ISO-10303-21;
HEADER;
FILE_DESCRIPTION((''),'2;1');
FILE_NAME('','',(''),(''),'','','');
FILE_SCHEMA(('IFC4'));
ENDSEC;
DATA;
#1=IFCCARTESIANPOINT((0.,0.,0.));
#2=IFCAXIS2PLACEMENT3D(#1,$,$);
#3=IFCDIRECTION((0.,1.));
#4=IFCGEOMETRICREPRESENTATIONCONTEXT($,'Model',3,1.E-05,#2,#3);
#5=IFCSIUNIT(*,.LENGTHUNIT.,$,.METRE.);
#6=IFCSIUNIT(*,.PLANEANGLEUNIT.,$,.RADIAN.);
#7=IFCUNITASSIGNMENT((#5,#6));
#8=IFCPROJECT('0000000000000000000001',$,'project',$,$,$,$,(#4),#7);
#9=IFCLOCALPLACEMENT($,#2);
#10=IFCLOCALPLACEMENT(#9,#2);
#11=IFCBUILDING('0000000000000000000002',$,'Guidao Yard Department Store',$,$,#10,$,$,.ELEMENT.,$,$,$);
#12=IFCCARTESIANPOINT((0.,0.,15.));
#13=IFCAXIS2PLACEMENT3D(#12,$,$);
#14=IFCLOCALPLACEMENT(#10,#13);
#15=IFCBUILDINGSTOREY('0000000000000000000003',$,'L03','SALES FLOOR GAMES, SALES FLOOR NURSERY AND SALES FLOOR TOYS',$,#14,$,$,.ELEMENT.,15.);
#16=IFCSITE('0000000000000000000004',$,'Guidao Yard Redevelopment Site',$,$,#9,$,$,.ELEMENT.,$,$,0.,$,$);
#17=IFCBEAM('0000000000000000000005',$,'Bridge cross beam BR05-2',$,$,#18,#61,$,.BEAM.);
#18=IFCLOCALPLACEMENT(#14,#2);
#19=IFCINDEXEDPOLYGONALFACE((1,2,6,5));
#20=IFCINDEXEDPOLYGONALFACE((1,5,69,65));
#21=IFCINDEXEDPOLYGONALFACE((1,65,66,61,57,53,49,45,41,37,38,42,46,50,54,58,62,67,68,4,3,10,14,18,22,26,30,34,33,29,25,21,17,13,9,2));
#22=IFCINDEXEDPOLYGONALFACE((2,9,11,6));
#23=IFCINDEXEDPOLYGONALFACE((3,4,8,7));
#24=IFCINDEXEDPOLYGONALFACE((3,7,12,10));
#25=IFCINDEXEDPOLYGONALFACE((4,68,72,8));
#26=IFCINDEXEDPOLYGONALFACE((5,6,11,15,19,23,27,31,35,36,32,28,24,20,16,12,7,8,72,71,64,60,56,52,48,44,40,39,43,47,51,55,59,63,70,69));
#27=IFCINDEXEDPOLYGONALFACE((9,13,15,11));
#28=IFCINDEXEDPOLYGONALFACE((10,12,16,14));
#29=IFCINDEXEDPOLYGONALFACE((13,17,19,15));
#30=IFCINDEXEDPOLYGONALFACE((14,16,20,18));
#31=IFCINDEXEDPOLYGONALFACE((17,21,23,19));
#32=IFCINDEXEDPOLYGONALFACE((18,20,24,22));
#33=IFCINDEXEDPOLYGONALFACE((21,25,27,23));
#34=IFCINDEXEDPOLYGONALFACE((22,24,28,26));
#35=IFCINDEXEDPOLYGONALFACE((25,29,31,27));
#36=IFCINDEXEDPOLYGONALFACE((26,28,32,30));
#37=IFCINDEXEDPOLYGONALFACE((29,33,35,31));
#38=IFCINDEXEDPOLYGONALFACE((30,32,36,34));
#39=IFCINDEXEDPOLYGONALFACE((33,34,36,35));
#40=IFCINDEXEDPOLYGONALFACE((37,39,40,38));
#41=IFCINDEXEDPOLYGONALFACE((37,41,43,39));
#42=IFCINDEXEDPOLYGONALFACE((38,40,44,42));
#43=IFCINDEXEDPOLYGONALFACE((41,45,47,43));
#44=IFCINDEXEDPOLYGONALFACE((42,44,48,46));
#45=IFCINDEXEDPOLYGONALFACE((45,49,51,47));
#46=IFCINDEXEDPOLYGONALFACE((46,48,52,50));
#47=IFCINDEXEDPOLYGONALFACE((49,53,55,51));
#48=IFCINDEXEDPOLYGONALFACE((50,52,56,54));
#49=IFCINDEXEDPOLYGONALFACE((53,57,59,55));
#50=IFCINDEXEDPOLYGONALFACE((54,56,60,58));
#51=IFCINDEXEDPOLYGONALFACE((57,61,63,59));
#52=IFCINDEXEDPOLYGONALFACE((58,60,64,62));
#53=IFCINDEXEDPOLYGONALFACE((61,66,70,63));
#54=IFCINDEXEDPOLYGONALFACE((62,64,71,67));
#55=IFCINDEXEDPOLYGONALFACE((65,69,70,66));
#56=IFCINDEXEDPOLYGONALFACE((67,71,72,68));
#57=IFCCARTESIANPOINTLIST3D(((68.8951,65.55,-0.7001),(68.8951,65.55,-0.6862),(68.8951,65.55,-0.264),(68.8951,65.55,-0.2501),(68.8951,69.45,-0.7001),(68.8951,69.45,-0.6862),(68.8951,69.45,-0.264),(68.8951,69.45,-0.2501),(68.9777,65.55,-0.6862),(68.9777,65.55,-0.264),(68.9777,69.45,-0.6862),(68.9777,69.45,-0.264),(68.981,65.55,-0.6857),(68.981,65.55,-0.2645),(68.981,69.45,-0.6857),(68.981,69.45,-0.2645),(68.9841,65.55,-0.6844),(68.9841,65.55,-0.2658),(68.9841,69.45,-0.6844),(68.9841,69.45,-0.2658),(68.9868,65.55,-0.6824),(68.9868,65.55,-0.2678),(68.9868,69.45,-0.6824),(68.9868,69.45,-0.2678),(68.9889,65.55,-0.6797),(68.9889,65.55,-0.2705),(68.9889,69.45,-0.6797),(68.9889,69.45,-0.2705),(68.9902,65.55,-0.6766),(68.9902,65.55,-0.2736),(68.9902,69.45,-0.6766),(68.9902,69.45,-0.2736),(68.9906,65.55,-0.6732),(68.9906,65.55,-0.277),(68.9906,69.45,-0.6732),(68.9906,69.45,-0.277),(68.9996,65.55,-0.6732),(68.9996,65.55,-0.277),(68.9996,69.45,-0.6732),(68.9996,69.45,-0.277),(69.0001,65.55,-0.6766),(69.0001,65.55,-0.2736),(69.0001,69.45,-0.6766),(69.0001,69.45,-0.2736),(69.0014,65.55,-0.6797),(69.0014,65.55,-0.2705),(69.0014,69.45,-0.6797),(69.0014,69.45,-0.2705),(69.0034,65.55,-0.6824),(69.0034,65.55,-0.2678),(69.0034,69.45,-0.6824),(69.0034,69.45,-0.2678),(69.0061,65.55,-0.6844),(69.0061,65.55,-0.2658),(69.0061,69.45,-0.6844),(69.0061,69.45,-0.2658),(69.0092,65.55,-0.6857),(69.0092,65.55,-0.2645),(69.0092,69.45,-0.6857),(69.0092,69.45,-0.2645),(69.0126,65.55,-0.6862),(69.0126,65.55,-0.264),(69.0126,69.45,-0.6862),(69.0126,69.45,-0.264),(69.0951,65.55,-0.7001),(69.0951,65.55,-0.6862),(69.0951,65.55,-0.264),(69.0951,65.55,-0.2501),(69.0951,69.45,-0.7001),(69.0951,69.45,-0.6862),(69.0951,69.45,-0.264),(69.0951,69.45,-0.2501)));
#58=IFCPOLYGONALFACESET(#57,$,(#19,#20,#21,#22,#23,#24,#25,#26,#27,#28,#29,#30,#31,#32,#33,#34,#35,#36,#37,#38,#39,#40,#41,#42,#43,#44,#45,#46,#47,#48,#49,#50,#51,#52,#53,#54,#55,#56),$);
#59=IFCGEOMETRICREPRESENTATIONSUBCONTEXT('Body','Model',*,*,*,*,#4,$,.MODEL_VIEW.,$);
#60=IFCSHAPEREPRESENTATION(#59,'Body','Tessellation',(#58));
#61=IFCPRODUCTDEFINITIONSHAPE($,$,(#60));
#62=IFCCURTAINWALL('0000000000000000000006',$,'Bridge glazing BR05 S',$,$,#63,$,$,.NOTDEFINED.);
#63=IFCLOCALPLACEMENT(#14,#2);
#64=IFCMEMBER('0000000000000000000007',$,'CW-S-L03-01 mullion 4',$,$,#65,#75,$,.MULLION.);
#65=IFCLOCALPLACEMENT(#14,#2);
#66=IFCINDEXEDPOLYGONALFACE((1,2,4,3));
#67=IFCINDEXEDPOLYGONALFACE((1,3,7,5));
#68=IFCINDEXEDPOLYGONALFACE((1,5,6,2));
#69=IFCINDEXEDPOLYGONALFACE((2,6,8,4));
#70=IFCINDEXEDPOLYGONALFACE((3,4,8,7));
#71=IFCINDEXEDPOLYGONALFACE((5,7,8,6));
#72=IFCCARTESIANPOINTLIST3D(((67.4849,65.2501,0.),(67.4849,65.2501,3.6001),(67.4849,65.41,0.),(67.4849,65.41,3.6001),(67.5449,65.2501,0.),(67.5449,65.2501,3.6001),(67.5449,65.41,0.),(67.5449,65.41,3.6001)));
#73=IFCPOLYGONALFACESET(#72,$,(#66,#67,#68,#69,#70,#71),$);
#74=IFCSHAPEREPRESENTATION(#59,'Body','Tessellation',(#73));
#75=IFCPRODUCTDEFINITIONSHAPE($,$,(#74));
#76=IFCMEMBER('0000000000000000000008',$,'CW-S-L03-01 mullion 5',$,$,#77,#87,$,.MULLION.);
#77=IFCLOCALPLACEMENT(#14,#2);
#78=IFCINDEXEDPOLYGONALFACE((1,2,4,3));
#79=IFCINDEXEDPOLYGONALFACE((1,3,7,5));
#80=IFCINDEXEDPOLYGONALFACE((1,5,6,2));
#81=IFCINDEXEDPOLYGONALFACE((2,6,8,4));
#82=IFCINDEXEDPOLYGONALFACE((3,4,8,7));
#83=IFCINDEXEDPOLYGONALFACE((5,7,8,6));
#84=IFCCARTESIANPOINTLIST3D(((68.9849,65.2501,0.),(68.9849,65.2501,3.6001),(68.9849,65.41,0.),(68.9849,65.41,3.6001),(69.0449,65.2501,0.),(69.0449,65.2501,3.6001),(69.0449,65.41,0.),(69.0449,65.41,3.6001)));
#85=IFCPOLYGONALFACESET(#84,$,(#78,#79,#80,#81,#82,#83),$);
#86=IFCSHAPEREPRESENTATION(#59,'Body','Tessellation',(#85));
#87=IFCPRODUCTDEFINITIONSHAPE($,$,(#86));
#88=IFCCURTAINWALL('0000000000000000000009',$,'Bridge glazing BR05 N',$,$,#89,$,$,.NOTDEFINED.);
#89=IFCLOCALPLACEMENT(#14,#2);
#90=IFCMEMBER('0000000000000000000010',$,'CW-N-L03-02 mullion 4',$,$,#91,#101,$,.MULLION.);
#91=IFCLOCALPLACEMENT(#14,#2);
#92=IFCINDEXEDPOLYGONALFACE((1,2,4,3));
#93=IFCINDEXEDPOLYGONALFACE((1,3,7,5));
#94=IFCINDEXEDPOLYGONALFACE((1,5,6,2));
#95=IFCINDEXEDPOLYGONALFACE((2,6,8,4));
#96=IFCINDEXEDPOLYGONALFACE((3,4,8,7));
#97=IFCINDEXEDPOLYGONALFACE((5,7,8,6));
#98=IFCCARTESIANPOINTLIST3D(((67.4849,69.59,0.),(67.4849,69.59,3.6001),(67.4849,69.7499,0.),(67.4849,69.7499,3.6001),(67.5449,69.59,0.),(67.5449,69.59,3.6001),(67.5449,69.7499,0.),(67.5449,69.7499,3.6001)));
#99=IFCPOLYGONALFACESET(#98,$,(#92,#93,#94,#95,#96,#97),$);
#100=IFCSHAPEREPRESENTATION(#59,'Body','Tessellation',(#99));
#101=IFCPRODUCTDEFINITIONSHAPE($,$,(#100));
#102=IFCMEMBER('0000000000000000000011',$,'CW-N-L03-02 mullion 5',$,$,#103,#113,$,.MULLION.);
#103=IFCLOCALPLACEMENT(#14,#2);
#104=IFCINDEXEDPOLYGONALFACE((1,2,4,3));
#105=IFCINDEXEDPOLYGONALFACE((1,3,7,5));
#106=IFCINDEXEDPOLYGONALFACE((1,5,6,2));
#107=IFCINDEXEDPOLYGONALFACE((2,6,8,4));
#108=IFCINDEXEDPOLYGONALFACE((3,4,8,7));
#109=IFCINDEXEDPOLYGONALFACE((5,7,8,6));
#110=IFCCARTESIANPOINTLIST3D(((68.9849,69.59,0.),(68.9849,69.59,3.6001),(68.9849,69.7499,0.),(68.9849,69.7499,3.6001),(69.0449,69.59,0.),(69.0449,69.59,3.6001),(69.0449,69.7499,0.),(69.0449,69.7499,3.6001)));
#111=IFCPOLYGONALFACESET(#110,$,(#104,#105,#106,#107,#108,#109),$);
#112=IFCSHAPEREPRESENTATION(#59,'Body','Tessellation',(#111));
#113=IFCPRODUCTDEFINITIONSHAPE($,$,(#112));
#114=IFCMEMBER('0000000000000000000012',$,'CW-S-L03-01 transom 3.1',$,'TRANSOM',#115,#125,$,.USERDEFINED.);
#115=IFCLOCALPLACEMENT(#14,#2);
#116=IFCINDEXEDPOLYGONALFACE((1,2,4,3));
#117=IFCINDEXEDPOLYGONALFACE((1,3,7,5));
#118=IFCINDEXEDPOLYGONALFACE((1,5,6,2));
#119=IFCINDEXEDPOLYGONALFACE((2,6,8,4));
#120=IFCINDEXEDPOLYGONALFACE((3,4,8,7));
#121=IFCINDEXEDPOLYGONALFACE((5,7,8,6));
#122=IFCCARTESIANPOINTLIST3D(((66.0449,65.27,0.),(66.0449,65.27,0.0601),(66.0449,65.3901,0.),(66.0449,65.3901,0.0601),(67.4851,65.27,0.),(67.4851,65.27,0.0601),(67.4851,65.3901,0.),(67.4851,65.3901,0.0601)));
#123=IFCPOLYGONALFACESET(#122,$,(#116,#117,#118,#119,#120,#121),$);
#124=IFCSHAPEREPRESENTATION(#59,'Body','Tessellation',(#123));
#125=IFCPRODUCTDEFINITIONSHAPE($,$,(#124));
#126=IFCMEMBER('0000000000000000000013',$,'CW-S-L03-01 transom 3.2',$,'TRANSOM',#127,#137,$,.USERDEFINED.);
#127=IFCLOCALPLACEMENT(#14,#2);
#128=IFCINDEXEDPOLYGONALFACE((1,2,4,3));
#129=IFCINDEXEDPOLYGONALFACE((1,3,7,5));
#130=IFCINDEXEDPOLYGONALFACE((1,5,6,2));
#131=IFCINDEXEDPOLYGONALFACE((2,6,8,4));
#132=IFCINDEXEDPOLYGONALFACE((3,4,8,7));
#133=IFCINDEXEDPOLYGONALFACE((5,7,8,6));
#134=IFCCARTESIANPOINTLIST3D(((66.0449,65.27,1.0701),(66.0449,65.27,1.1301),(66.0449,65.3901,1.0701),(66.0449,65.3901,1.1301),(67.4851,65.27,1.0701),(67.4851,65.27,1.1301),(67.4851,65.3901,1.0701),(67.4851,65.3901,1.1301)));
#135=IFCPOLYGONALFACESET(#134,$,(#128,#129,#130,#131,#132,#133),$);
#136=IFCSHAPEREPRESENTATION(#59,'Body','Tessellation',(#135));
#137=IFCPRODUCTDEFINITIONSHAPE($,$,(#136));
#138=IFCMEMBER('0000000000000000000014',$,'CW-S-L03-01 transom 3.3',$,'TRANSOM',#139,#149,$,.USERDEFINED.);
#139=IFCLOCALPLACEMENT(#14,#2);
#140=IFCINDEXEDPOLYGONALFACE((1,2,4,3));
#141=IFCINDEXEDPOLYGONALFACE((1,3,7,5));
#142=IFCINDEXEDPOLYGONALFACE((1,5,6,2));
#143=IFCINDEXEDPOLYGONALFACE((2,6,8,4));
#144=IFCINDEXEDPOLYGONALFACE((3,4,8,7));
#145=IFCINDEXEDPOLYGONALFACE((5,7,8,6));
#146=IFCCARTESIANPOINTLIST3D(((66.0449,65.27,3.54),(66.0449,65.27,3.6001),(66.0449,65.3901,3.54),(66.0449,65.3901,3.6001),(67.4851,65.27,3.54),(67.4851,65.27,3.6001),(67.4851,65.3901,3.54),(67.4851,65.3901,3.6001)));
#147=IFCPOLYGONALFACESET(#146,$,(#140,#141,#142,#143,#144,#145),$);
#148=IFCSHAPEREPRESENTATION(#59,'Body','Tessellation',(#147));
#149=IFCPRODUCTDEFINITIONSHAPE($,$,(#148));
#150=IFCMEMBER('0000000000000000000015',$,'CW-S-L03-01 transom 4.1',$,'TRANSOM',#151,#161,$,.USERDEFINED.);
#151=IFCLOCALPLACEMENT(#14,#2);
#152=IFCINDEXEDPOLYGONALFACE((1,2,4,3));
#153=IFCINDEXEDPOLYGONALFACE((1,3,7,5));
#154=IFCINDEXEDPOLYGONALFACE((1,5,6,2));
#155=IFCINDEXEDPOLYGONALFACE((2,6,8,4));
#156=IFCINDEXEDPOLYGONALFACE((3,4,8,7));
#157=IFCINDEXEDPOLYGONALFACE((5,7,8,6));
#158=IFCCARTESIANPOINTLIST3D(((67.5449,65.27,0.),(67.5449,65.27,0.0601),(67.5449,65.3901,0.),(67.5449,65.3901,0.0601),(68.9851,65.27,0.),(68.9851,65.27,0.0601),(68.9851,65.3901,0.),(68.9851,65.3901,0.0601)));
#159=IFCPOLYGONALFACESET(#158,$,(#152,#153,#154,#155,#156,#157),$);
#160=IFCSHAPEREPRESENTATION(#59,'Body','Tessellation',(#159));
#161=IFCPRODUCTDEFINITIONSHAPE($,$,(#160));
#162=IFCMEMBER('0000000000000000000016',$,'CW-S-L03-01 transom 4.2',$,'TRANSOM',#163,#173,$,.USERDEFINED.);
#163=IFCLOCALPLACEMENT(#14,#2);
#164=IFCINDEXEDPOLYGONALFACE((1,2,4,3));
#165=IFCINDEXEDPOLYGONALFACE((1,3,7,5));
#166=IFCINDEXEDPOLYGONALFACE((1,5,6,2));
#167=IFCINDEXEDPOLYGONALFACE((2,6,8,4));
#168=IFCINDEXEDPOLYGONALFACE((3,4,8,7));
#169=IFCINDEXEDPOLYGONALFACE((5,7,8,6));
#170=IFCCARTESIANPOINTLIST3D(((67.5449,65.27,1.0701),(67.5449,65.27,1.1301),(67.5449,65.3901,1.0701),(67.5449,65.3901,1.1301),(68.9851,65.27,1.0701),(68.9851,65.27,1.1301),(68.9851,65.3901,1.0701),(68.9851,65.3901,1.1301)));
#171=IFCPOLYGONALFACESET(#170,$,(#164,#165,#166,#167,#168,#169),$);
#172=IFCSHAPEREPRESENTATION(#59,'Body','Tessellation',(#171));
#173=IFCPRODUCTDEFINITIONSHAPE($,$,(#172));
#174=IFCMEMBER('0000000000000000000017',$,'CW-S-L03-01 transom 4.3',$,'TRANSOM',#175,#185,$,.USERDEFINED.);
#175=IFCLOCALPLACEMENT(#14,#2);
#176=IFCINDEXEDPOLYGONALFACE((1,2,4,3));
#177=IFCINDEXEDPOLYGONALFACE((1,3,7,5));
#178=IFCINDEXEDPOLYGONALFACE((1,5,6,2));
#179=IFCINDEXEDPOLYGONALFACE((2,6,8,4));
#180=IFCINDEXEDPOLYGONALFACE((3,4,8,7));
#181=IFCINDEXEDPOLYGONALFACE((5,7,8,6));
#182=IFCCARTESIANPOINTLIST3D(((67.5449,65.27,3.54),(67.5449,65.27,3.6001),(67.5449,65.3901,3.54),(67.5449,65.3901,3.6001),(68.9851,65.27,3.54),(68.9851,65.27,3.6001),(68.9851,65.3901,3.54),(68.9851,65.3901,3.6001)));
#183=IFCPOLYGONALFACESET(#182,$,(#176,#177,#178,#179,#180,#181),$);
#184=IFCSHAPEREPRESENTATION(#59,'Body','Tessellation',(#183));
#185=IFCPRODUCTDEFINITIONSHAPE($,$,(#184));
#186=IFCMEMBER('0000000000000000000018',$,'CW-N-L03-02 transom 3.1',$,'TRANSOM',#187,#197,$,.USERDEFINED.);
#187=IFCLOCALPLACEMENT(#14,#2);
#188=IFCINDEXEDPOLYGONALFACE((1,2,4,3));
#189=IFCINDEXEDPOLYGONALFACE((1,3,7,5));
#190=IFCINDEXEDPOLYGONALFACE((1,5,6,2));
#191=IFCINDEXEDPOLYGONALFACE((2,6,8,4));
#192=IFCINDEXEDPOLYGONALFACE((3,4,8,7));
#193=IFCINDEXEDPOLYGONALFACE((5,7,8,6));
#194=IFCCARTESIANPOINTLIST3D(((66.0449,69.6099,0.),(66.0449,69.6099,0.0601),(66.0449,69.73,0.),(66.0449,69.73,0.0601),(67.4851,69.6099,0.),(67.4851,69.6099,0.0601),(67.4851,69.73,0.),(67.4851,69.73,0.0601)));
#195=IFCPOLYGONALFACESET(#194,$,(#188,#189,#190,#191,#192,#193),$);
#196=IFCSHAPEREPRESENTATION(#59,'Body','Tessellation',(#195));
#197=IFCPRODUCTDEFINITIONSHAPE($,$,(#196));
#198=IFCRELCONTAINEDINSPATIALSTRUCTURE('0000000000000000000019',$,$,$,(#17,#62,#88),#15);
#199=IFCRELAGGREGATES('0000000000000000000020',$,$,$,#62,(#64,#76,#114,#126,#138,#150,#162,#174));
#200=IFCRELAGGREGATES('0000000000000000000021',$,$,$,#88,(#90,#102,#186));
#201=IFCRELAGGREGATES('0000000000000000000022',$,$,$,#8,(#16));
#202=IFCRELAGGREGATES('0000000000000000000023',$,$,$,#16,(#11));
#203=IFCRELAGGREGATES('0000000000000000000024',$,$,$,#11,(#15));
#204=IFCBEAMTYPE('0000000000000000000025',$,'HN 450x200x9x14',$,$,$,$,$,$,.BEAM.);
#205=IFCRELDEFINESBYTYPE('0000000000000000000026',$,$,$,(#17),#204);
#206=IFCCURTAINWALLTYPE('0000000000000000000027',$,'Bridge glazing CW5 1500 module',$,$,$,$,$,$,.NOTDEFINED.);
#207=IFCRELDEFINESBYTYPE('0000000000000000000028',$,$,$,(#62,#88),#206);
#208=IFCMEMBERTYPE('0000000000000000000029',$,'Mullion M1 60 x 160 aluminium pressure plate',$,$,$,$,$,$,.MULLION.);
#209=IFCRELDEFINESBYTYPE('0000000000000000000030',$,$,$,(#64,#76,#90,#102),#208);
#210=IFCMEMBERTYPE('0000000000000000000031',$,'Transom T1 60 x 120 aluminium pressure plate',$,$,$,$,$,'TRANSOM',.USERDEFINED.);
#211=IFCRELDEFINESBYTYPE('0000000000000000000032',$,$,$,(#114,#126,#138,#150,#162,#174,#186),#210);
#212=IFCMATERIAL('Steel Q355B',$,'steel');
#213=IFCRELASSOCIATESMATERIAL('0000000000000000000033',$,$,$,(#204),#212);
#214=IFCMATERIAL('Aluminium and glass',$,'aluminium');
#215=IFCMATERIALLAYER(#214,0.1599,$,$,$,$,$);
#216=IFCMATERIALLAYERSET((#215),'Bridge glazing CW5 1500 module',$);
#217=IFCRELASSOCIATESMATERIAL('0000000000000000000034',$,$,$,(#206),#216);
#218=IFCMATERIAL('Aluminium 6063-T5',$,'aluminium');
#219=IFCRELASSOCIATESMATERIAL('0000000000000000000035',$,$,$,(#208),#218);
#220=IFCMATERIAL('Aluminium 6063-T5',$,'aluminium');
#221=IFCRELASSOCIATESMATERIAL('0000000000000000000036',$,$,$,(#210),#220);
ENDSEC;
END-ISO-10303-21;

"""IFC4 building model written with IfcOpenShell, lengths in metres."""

from ifc_helpers import new_model, si_unit, direction, frame, origin, origin_2d, place, context, subcontext, project, spatial, rectangle, i_section, extrude, material, layer, layer_set, material_profile, profile_set, type_object, element, aggregate, save


model = new_model("IFC4")

# Units and contexts
model_context = context("Model", 3, precision=1e-05, world=origin(), true_north=direction((0.0, 1.0)))
body_context = subcontext(model_context, "Body", "Model", "MODEL_VIEW")
ifc_project = project(units=[si_unit("LENGTHUNIT", "METRE"), si_unit("PLANEANGLEUNIT", "RADIAN")], contexts=[model_context])

# Site, building, storey
site_placement = place(None, origin())
site = spatial("IfcSite", under=ifc_project, at=site_placement, Name="Guidao Yard Redevelopment Site", CompositionType="ELEMENT", RefElevation=0.0)
building_placement = place(site_placement, origin())
building = spatial("IfcBuilding", under=site, at=building_placement, Name="Guidao Yard Department Store", CompositionType="ELEMENT")
storey_placement = place(building_placement, frame((0.0, 0.0, 15.0)))
storey = spatial("IfcBuildingStorey", under=building, at=storey_placement, Name="L03", Description="SALES FLOOR GAMES, SALES FLOOR NURSERY AND SALES FLOOR TOYS", CompositionType="ELEMENT", Elevation=15.0)

# Beam
ifc_material_1 = material(Name="Steel Q355B", Category="steel")
ifc_material_profile_1 = material_profile(ifc_material_1, i_section(OverallWidth=0.2, OverallDepth=0.45, WebThickness=0.009, FlangeThickness=0.0139, FilletRadius=0.0129, at=origin_2d()), Name="HN 450x200x9x14")
ifc_profile_set_1 = profile_set([ifc_material_profile_1], Name="Steel Q355B")
beam_type = type_object("IfcBeamType", Name="HN 450x200x9x14", PredefinedType="BEAM", material=ifc_profile_set_1)
beam_placement = place(storey_placement, frame((68.9951, 65.55, -0.4751), z_axis=(0.0, 1.0, 0.0), x_axis=(-1.0, 0.0, 0.0)))
element("IfcBeam", 1, at=beam_placement, inside=storey, type_object=beam_type, Name="Bridge cross beam BR05-2", PredefinedType="BEAM", context=body_context, shape_type="SweptSolid", body=[
    extrude(i_section(OverallWidth=0.2, OverallDepth=0.45, WebThickness=0.009, FlangeThickness=0.0139, FilletRadius=0.0129, at=origin_2d()), origin(), (0.0, 0.0, 1.0), 3.8999),
])

# Curtain walls, members
ifc_material_2 = material(Name="Aluminium and glass", Category="aluminium")
ifc_layer_1 = layer(ifc_material_2, 0.1599)
ifc_layer_set_1 = layer_set([ifc_layer_1], Name="Bridge glazing CW5 1500 module")
curtain_wall_type = type_object("IfcCurtainWallType", Name="Bridge glazing CW5 1500 module", PredefinedType="NOTDEFINED", material=ifc_layer_set_1)
curtain_wall_1_placement = place(storey_placement, origin())
curtain_wall_1 = element("IfcCurtainWall", 2, at=curtain_wall_1_placement, inside=storey, type_object=curtain_wall_type, Name="Bridge glazing BR05 S", PredefinedType="NOTDEFINED")
ifc_material_3 = material(Name="Aluminium 6063-T5", Category="aluminium")
ifc_material_profile_2 = material_profile(ifc_material_3, rectangle(XDim=0.0601, YDim=0.1599, at=origin_2d()), Name="Mullion M1 60 x 160 aluminium pressure plate")
ifc_profile_set_2 = profile_set([ifc_material_profile_2], Name="Aluminium 6063-T5")
member_type_1 = type_object("IfcMemberType", Name="Mullion M1 60 x 160 aluminium pressure plate", PredefinedType="MULLION", material=ifc_profile_set_2)
member_1_placement = place(storey_placement, frame((67.5149, 65.3301, 0.0), z_axis=(0.0, 0.0, 1.0), x_axis=(-1.0, 0.0, 0.0)))
member_1 = element("IfcMember", 3, at=member_1_placement, type_object=member_type_1, Name="CW-S-L03-01 mullion 4", PredefinedType="MULLION", context=body_context, shape_type="SweptSolid", body=[
    extrude(rectangle(XDim=0.0601, YDim=0.1599, at=origin_2d()), origin(), (0.0, 0.0, 1.0), 3.6001),
])
member_2_placement = place(storey_placement, frame((69.0149, 65.3301, 0.0), z_axis=(0.0, 0.0, 1.0), x_axis=(-1.0, 0.0, 0.0)))
member_2 = element("IfcMember", 4, at=member_2_placement, type_object=member_type_1, Name="CW-S-L03-01 mullion 5", PredefinedType="MULLION", context=body_context, shape_type="SweptSolid", body=[
    extrude(rectangle(XDim=0.0601, YDim=0.1599, at=origin_2d()), origin(), (0.0, 0.0, 1.0), 3.6001),
])
curtain_wall_2_placement = place(storey_placement, origin())
curtain_wall_2 = element("IfcCurtainWall", 5, at=curtain_wall_2_placement, inside=storey, type_object=curtain_wall_type, Name="Bridge glazing BR05 N", PredefinedType="NOTDEFINED")
member_3_placement = place(storey_placement, frame((67.5149, 69.6699, 0.0), z_axis=(0.0, 0.0, 1.0), x_axis=(1.0, 0.0, 0.0)))
member_3 = element("IfcMember", 6, at=member_3_placement, type_object=member_type_1, Name="CW-N-L03-02 mullion 4", PredefinedType="MULLION", context=body_context, shape_type="SweptSolid", body=[
    extrude(rectangle(XDim=0.0601, YDim=0.1599, at=origin_2d()), origin(), (0.0, 0.0, 1.0), 3.6001),
])
member_4_placement = place(storey_placement, frame((69.0149, 69.6699, 0.0), z_axis=(0.0, 0.0, 1.0), x_axis=(1.0, 0.0, 0.0)))
member_4 = element("IfcMember", 7, at=member_4_placement, type_object=member_type_1, Name="CW-N-L03-02 mullion 5", PredefinedType="MULLION", context=body_context, shape_type="SweptSolid", body=[
    extrude(rectangle(XDim=0.0601, YDim=0.1599, at=origin_2d()), origin(), (0.0, 0.0, 1.0), 3.6001),
])

# Members
ifc_material_4 = material(Name="Aluminium 6063-T5", Category="aluminium")
ifc_material_profile_3 = material_profile(ifc_material_4, rectangle(XDim=0.1201, YDim=0.0601, at=origin_2d()), Name="Transom T1 60 x 120 aluminium pressure plate")
ifc_profile_set_3 = profile_set([ifc_material_profile_3], Name="Aluminium 6063-T5")
member_type_2 = type_object("IfcMemberType", Name="Transom T1 60 x 120 aluminium pressure plate", ElementType="TRANSOM", PredefinedType="USERDEFINED", material=ifc_profile_set_3)
member_5_placement = place(storey_placement, frame((67.4851, 65.3301, 0.03), z_axis=(-1.0, 0.0, 0.0), x_axis=(0.0, -1.0, 0.0)))
member_5 = element("IfcMember", 8, at=member_5_placement, type_object=member_type_2, Name="CW-S-L03-01 transom 3.1", ObjectType="TRANSOM", PredefinedType="USERDEFINED", context=body_context, shape_type="SweptSolid", body=[
    extrude(rectangle(XDim=0.1201, YDim=0.0601, at=origin_2d()), origin(), (0.0, 0.0, 1.0), 1.4402),
])
member_6_placement = place(storey_placement, frame((67.4851, 65.3301, 1.1001), z_axis=(-1.0, 0.0, 0.0), x_axis=(0.0, -1.0, 0.0)))
member_6 = element("IfcMember", 9, at=member_6_placement, type_object=member_type_2, Name="CW-S-L03-01 transom 3.2", ObjectType="TRANSOM", PredefinedType="USERDEFINED", context=body_context, shape_type="SweptSolid", body=[
    extrude(rectangle(XDim=0.1201, YDim=0.0601, at=origin_2d()), origin(), (0.0, 0.0, 1.0), 1.4402),
])
member_7_placement = place(storey_placement, frame((67.4851, 65.3301, 3.5701), z_axis=(-1.0, 0.0, 0.0), x_axis=(0.0, -1.0, 0.0)))
member_7 = element("IfcMember", 10, at=member_7_placement, type_object=member_type_2, Name="CW-S-L03-01 transom 3.3", ObjectType="TRANSOM", PredefinedType="USERDEFINED", context=body_context, shape_type="SweptSolid", body=[
    extrude(rectangle(XDim=0.1201, YDim=0.0601, at=origin_2d()), origin(), (0.0, 0.0, 1.0), 1.4402),
])
member_8_placement = place(storey_placement, frame((68.9851, 65.3301, 0.03), z_axis=(-1.0, 0.0, 0.0), x_axis=(0.0, -1.0, 0.0)))
member_8 = element("IfcMember", 11, at=member_8_placement, type_object=member_type_2, Name="CW-S-L03-01 transom 4.1", ObjectType="TRANSOM", PredefinedType="USERDEFINED", context=body_context, shape_type="SweptSolid", body=[
    extrude(rectangle(XDim=0.1201, YDim=0.0601, at=origin_2d()), origin(), (0.0, 0.0, 1.0), 1.4402),
])
member_9_placement = place(storey_placement, frame((68.9851, 65.3301, 1.1001), z_axis=(-1.0, 0.0, 0.0), x_axis=(0.0, -1.0, 0.0)))
member_9 = element("IfcMember", 12, at=member_9_placement, type_object=member_type_2, Name="CW-S-L03-01 transom 4.2", ObjectType="TRANSOM", PredefinedType="USERDEFINED", context=body_context, shape_type="SweptSolid", body=[
    extrude(rectangle(XDim=0.1201, YDim=0.0601, at=origin_2d()), origin(), (0.0, 0.0, 1.0), 1.4402),
])
member_10_placement = place(storey_placement, frame((68.9851, 65.3301, 3.5701), z_axis=(-1.0, 0.0, 0.0), x_axis=(0.0, -1.0, 0.0)))
member_10 = element("IfcMember", 13, at=member_10_placement, type_object=member_type_2, Name="CW-S-L03-01 transom 4.3", ObjectType="TRANSOM", PredefinedType="USERDEFINED", context=body_context, shape_type="SweptSolid", body=[
    extrude(rectangle(XDim=0.1201, YDim=0.0601, at=origin_2d()), origin(), (0.0, 0.0, 1.0), 1.4402),
])
member_11_placement = place(storey_placement, frame((66.0449, 69.6699, 0.03), z_axis=(1.0, 0.0, 0.0), x_axis=(0.0, 1.0, 0.0)))
member_11 = element("IfcMember", 14, at=member_11_placement, type_object=member_type_2, Name="CW-N-L03-02 transom 3.1", ObjectType="TRANSOM", PredefinedType="USERDEFINED", context=body_context, shape_type="SweptSolid", body=[
    extrude(rectangle(XDim=0.1201, YDim=0.0601, at=origin_2d()), origin(), (0.0, 0.0, 1.0), 1.4402),
])

aggregate(curtain_wall_1, [member_1, member_2, member_5, member_6, member_7, member_8, member_9, member_10])
aggregate(curtain_wall_2, [member_3, member_4, member_11])

save(model, "model.ifc")
